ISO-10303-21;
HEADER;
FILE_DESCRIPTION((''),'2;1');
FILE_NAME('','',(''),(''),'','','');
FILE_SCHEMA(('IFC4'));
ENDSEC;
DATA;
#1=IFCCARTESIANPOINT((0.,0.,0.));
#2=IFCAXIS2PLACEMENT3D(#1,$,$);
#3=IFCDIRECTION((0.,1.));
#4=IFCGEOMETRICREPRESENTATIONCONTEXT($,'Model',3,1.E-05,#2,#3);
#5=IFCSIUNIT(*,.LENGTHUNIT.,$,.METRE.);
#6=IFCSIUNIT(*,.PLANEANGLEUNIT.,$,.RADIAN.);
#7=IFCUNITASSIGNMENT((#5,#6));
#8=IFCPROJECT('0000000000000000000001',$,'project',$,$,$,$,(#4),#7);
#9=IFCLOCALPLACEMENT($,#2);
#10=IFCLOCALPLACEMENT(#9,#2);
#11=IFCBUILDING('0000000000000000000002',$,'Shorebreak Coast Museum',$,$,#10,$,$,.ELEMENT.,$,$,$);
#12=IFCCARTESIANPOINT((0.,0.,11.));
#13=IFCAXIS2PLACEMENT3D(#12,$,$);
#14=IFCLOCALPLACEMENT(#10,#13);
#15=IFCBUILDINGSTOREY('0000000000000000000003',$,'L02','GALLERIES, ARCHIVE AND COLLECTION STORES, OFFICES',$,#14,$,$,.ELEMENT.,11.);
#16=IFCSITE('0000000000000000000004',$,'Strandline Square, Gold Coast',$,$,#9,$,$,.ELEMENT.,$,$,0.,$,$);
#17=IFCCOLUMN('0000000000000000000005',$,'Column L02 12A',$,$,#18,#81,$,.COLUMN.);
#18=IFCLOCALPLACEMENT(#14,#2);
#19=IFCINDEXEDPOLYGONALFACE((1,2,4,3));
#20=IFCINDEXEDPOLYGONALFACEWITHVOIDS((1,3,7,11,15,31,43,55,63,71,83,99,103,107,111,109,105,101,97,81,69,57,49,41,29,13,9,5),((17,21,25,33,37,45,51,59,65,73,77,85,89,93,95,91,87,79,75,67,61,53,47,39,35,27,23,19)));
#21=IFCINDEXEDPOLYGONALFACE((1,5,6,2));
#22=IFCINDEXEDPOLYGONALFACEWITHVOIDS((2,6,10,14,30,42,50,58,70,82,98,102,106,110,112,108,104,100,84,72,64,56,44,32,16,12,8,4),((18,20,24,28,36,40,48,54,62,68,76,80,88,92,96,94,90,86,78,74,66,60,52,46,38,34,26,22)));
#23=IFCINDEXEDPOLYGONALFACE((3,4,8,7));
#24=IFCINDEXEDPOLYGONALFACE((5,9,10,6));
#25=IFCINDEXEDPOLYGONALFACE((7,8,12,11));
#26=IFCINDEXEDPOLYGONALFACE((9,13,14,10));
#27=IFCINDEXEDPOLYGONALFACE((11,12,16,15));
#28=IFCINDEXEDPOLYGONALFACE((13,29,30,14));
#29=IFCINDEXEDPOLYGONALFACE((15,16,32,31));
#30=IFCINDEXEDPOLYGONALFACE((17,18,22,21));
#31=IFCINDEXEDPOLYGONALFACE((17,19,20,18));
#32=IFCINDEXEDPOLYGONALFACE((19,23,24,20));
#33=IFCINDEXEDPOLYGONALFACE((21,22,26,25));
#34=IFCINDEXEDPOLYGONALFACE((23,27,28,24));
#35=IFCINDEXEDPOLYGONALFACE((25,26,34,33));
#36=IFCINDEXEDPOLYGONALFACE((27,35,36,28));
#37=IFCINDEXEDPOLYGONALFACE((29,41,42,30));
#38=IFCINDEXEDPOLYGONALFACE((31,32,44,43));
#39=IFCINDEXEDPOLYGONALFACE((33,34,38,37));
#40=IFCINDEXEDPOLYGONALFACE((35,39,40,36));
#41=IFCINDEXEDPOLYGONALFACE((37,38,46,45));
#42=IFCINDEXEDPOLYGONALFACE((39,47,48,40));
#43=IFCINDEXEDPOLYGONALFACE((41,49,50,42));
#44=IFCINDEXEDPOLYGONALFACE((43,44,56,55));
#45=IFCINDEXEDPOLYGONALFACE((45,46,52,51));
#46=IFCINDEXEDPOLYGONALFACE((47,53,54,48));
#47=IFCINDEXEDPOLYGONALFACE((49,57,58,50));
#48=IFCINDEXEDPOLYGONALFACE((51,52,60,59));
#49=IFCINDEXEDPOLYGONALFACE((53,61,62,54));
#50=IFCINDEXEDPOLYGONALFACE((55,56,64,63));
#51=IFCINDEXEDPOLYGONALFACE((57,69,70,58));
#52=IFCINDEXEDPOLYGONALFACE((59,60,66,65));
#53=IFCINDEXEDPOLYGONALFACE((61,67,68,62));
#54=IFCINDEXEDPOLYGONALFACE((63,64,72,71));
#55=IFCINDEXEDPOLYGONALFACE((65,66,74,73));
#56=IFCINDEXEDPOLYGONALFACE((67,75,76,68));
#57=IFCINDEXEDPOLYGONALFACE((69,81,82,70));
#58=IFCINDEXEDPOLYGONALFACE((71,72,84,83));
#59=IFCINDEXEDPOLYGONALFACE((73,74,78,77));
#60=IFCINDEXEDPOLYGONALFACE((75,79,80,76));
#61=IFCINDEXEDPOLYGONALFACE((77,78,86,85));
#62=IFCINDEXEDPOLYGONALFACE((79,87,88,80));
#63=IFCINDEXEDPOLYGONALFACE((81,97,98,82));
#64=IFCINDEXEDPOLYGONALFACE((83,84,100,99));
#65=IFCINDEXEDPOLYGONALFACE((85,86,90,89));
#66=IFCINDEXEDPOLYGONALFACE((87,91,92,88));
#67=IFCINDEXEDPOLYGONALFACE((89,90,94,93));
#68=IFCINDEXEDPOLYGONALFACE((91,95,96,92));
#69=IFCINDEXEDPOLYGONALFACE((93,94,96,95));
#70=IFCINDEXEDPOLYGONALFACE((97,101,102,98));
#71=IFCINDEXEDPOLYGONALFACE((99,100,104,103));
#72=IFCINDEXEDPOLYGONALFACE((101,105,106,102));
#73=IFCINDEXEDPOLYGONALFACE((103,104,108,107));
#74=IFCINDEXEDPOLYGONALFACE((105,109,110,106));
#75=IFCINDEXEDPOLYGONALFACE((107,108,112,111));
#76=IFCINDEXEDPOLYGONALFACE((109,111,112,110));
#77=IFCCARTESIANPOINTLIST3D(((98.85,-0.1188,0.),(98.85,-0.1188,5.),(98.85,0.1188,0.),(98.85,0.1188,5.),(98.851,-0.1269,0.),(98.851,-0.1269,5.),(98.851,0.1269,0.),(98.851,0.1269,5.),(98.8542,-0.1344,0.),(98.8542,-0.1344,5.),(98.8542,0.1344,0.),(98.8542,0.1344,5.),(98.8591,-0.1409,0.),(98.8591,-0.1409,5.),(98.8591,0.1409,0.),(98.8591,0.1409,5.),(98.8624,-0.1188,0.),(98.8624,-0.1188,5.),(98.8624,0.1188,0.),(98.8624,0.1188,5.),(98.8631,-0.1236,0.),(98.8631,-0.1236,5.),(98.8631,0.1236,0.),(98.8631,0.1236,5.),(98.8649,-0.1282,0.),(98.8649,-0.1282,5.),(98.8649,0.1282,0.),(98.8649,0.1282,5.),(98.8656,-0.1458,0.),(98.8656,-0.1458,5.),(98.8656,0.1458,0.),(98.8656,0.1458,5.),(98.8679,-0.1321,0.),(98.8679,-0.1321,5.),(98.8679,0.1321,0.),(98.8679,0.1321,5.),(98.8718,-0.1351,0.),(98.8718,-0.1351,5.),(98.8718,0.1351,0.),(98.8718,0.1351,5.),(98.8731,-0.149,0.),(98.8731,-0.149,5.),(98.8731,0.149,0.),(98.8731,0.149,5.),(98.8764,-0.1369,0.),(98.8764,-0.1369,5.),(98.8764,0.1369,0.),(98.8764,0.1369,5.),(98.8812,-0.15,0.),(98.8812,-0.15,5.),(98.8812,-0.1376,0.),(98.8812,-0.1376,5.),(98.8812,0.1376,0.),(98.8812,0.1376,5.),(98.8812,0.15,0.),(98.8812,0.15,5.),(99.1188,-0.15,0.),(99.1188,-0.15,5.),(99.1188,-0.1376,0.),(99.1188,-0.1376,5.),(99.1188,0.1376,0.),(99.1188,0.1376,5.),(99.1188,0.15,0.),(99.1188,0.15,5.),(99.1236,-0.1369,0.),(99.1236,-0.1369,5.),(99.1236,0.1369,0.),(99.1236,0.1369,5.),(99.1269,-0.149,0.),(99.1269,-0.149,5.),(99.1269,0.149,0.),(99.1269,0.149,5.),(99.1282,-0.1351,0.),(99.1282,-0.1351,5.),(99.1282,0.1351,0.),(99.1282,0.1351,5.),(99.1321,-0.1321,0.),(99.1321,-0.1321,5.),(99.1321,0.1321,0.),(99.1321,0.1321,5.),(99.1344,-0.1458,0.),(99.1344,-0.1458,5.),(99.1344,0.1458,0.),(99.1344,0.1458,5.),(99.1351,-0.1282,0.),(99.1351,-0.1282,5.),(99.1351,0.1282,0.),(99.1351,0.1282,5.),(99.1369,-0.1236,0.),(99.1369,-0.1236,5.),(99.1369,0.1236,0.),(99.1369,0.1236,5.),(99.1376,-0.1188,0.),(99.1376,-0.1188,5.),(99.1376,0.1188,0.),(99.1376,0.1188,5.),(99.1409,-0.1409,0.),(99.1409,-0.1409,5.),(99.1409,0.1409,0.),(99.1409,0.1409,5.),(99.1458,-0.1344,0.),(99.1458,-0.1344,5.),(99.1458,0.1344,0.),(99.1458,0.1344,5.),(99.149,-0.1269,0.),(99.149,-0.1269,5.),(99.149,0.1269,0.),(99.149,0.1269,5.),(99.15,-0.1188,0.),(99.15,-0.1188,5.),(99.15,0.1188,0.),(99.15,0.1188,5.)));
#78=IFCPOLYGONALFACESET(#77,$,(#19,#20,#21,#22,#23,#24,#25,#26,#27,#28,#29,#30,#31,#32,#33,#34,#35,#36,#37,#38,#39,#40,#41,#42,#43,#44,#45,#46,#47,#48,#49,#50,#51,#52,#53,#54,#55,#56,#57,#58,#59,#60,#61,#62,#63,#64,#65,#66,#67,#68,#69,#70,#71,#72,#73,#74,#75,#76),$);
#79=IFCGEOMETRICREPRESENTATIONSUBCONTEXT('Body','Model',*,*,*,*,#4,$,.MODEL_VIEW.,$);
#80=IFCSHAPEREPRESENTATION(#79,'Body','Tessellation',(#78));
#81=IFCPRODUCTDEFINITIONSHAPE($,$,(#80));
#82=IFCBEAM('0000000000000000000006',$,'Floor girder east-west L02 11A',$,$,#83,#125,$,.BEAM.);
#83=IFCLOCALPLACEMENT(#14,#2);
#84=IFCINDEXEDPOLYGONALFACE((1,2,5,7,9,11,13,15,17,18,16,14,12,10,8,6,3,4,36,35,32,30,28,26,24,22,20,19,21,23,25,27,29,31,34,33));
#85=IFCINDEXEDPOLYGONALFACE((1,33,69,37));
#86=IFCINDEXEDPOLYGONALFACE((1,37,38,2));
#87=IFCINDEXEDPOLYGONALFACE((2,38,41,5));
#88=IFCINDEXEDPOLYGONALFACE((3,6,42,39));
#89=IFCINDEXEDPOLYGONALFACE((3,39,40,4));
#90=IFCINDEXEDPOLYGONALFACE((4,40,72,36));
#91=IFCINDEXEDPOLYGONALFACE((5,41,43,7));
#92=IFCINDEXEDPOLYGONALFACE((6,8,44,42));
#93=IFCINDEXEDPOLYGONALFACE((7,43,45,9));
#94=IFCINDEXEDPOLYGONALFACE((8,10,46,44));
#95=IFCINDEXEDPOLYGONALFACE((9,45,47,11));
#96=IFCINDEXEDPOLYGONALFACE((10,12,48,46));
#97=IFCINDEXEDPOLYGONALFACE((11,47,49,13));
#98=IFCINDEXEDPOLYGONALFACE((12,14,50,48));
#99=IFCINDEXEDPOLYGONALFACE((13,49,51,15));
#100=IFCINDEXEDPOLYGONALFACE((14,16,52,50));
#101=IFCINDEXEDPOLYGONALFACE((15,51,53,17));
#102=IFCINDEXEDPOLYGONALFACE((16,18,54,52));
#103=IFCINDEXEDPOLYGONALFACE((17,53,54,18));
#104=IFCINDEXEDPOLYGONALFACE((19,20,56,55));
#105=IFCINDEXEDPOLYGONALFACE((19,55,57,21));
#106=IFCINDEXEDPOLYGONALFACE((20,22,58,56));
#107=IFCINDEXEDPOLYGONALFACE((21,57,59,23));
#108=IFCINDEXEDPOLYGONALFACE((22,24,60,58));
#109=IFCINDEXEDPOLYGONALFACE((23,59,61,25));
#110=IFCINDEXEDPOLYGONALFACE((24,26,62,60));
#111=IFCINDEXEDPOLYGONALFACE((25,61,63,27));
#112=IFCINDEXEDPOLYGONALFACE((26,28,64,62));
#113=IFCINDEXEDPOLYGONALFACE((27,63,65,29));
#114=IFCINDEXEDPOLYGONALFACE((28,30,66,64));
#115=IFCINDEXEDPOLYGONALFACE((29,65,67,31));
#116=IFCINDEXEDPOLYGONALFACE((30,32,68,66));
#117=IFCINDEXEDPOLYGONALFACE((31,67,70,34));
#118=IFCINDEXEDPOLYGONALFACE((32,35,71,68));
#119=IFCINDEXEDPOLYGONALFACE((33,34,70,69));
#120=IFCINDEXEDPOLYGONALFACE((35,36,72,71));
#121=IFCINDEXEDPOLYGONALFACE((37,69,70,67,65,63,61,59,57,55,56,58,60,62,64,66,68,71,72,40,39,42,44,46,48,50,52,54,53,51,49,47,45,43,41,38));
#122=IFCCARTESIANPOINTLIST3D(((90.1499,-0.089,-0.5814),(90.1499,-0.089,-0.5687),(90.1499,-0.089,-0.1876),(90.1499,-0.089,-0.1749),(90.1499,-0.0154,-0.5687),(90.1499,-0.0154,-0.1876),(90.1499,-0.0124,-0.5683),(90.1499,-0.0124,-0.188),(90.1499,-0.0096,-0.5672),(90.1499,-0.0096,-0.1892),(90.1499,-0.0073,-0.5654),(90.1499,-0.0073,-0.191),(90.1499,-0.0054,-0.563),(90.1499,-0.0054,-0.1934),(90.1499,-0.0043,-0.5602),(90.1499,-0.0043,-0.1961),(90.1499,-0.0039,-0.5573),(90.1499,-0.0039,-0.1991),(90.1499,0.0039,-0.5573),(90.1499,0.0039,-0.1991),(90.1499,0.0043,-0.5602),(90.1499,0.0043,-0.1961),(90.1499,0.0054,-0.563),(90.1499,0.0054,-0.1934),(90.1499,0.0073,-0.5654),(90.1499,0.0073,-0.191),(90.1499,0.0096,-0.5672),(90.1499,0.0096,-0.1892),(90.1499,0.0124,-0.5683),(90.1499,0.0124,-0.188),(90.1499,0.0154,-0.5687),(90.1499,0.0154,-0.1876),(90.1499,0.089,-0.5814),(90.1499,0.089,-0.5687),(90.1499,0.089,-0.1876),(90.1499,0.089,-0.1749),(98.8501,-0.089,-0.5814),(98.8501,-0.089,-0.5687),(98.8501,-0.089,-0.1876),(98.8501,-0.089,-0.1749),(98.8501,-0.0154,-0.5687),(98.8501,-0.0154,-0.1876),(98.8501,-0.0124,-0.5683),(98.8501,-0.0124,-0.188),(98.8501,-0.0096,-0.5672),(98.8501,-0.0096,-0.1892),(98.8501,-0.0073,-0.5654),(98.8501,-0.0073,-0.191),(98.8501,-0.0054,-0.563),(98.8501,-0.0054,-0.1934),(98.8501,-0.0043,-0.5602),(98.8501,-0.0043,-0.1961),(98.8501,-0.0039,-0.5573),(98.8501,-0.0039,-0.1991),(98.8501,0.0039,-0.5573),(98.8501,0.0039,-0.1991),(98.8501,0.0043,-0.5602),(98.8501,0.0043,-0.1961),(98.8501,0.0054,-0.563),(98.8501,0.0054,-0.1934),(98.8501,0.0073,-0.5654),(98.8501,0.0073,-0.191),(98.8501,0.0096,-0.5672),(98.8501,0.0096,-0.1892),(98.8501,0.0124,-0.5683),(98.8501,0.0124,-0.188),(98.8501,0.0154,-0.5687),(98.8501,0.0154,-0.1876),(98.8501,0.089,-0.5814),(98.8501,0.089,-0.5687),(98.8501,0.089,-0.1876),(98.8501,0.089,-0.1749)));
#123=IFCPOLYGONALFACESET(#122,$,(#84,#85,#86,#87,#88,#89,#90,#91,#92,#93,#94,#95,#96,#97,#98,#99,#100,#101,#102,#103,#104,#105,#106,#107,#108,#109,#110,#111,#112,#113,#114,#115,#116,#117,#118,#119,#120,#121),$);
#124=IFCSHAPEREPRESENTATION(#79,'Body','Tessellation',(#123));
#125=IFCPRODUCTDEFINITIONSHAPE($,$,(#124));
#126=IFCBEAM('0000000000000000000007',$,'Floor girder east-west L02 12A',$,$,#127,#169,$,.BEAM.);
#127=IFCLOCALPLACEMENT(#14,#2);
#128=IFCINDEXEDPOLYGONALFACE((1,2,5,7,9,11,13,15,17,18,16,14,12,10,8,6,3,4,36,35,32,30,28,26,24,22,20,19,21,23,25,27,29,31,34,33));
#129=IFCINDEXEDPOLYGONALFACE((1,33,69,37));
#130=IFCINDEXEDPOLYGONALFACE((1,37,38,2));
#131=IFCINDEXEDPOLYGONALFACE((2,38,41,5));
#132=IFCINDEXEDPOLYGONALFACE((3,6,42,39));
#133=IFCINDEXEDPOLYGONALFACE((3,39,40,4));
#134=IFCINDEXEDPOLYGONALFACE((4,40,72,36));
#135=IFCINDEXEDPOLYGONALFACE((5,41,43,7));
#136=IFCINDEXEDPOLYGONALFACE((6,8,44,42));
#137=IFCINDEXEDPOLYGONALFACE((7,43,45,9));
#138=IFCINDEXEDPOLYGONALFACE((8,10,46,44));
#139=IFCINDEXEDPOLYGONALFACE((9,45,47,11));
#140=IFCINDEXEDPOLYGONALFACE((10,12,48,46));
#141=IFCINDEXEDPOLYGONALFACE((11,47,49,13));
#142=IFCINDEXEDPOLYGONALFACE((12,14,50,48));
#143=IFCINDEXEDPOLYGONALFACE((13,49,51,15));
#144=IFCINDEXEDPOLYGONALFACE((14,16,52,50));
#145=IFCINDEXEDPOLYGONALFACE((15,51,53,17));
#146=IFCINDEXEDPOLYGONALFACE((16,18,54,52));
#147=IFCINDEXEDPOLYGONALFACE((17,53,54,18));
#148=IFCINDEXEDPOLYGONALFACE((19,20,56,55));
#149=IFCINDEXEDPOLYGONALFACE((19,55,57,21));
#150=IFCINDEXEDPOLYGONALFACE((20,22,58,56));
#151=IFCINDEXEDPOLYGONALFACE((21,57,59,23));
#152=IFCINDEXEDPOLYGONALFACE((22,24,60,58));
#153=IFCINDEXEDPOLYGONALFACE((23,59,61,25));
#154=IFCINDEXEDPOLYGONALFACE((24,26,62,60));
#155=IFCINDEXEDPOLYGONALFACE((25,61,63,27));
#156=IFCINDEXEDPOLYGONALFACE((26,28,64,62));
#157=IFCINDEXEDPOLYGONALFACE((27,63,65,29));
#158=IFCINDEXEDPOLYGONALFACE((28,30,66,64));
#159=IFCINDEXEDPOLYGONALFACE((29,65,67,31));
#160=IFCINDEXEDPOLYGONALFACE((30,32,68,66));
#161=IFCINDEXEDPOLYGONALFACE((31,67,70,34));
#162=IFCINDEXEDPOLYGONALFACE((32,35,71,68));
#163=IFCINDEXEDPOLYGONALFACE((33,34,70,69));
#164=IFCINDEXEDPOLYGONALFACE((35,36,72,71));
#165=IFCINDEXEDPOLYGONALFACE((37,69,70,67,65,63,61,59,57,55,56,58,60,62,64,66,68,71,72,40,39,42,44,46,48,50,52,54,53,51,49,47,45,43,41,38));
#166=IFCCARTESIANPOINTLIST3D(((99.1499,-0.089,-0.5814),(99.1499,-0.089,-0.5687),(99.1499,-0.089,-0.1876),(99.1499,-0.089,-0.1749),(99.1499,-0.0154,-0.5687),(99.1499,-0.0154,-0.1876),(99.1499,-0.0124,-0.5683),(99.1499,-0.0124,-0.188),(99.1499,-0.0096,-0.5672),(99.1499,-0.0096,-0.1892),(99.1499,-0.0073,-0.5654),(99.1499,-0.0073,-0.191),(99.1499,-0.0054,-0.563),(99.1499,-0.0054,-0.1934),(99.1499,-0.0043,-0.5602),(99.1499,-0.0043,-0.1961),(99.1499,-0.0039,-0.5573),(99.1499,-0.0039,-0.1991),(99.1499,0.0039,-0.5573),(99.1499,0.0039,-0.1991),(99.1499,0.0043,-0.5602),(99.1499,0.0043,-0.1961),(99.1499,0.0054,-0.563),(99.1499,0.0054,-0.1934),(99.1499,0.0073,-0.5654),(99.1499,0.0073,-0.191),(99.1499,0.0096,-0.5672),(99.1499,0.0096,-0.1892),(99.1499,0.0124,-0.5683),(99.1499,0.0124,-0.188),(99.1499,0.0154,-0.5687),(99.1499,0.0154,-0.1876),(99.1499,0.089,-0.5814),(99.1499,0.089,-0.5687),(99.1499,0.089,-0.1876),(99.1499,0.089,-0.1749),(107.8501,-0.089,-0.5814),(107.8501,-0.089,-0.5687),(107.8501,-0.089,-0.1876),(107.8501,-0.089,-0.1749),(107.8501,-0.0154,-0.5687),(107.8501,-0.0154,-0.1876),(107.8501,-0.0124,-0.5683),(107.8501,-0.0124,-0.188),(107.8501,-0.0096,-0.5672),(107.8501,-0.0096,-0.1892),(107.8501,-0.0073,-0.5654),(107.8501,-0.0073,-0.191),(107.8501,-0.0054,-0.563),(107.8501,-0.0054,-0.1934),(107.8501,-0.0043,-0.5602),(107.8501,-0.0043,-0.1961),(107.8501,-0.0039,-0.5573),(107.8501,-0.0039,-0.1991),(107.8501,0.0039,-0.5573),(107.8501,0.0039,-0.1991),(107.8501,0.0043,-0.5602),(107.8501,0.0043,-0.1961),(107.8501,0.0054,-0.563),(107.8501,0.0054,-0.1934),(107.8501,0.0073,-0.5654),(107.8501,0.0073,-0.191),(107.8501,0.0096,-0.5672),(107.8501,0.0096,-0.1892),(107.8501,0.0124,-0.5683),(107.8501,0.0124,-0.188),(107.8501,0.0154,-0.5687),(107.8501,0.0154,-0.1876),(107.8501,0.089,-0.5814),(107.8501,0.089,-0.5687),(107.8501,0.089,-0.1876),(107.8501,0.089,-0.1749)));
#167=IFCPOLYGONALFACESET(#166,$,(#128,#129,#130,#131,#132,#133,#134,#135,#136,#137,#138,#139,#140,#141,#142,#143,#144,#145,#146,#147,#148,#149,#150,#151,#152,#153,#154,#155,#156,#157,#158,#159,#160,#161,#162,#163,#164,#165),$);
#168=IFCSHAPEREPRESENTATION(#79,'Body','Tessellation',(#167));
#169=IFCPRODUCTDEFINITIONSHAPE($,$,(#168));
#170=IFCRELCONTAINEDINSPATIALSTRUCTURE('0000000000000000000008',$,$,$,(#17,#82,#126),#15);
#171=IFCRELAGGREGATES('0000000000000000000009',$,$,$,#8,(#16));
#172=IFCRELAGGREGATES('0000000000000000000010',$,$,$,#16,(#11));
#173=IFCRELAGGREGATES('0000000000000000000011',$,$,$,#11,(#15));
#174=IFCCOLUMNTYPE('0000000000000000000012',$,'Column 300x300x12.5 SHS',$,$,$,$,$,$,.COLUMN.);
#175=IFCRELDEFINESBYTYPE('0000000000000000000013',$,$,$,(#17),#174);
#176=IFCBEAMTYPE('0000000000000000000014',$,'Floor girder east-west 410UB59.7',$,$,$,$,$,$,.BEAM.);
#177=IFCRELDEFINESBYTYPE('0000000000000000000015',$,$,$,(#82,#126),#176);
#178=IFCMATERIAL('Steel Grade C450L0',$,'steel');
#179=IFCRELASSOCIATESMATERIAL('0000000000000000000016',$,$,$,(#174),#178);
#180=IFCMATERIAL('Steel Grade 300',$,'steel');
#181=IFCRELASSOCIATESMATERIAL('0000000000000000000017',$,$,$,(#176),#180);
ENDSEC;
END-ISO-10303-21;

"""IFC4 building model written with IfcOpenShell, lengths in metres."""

from ifc_helpers import new_model, si_unit, direction, frame, origin, origin_2d, place, context, subcontext, project, spatial, hollow_rectangle, i_section, extrude, material, material_profile, profile_set, type_object, element, save


model = new_model("IFC4")

# Units and contexts
model_context = context("Model", 3, precision=1e-05, world=origin(), true_north=direction((0.0, 1.0)))
body_context = subcontext(model_context, "Body", "Model", "MODEL_VIEW")
ifc_project = project(units=[si_unit("LENGTHUNIT", "METRE"), si_unit("PLANEANGLEUNIT", "RADIAN")], contexts=[model_context])

# Site, building, storey
site_placement = place(None, origin())
site = spatial("IfcSite", under=ifc_project, at=site_placement, Name="Strandline Square, Gold Coast", CompositionType="ELEMENT", RefElevation=0.0)
building_placement = place(site_placement, origin())
building = spatial("IfcBuilding", under=site, at=building_placement, Name="Shorebreak Coast Museum", CompositionType="ELEMENT")
storey_placement = place(building_placement, frame((0.0, 0.0, 11.0)))
storey = spatial("IfcBuildingStorey", under=building, at=storey_placement, Name="L02", Description="GALLERIES, ARCHIVE AND COLLECTION STORES, OFFICES", CompositionType="ELEMENT", Elevation=11.0)

# Column
ifc_material_1 = material(Name="Steel Grade C450L0", Category="steel")
ifc_material_profile_1 = material_profile(ifc_material_1, hollow_rectangle(XDim=0.3, YDim=0.3, WallThickness=0.0125, InnerFilletRadius=0.0188, OuterFilletRadius=0.0312, at=origin_2d()), Name="300x300x12.5 SHS")
ifc_profile_set_1 = profile_set([ifc_material_profile_1], Name="Steel Grade C450L0")
column_type = type_object("IfcColumnType", Name="Column 300x300x12.5 SHS", PredefinedType="COLUMN", material=ifc_profile_set_1)
column_placement = place(storey_placement, frame((99.0, 0.0, 0.0), z_axis=(0.0, 0.0, 1.0), x_axis=(1.0, 0.0, 0.0)))
element("IfcColumn", 1, at=column_placement, inside=storey, type_object=column_type, Name="Column L02 12A", PredefinedType="COLUMN", context=body_context, shape_type="SweptSolid", body=[
    extrude(hollow_rectangle(XDim=0.3, YDim=0.3, WallThickness=0.0125, InnerFilletRadius=0.0188, OuterFilletRadius=0.0312, at=origin_2d()), origin(), (0.0, 0.0, 1.0), 5.0),
])

# Beams
ifc_material_2 = material(Name="Steel Grade 300", Category="steel")
ifc_material_profile_2 = material_profile(ifc_material_2, i_section(OverallWidth=0.178, OverallDepth=0.4065, WebThickness=0.0078, FlangeThickness=0.0127, FilletRadius=0.0115, at=origin_2d()), Name="410UB59.7")
ifc_profile_set_2 = profile_set([ifc_material_profile_2], Name="Steel Grade 300")
beam_type_1 = type_object("IfcBeamType", Name="Floor girder east-west 410UB59.7", PredefinedType="BEAM", material=ifc_profile_set_2)
for number, where, z_axis, x_axis, name in (
    (2, (90.1499, 0.0, -0.3782), (1.0, 0.0, 0.0), (0.0, 1.0, 0.0), "Floor girder east-west L02 11A"),
    (3, (99.1499, 0.0, -0.3782), (1.0, 0.0, 0.0), (0.0, 1.0, 0.0), "Floor girder east-west L02 12A"),
):
    element("IfcBeam", number, at=place(storey_placement, frame(where, z_axis=z_axis, x_axis=x_axis)), inside=storey, type_object=beam_type_1, Name=name, PredefinedType="BEAM", context=body_context, shape_type="SweptSolid", body=[
        extrude(i_section(OverallWidth=0.178, OverallDepth=0.4065, WebThickness=0.0078, FlangeThickness=0.0127, FilletRadius=0.0115, at=origin_2d()), origin(), (0.0, 0.0, 1.0), 8.7002),
    ])

save(model, "model.ifc")
